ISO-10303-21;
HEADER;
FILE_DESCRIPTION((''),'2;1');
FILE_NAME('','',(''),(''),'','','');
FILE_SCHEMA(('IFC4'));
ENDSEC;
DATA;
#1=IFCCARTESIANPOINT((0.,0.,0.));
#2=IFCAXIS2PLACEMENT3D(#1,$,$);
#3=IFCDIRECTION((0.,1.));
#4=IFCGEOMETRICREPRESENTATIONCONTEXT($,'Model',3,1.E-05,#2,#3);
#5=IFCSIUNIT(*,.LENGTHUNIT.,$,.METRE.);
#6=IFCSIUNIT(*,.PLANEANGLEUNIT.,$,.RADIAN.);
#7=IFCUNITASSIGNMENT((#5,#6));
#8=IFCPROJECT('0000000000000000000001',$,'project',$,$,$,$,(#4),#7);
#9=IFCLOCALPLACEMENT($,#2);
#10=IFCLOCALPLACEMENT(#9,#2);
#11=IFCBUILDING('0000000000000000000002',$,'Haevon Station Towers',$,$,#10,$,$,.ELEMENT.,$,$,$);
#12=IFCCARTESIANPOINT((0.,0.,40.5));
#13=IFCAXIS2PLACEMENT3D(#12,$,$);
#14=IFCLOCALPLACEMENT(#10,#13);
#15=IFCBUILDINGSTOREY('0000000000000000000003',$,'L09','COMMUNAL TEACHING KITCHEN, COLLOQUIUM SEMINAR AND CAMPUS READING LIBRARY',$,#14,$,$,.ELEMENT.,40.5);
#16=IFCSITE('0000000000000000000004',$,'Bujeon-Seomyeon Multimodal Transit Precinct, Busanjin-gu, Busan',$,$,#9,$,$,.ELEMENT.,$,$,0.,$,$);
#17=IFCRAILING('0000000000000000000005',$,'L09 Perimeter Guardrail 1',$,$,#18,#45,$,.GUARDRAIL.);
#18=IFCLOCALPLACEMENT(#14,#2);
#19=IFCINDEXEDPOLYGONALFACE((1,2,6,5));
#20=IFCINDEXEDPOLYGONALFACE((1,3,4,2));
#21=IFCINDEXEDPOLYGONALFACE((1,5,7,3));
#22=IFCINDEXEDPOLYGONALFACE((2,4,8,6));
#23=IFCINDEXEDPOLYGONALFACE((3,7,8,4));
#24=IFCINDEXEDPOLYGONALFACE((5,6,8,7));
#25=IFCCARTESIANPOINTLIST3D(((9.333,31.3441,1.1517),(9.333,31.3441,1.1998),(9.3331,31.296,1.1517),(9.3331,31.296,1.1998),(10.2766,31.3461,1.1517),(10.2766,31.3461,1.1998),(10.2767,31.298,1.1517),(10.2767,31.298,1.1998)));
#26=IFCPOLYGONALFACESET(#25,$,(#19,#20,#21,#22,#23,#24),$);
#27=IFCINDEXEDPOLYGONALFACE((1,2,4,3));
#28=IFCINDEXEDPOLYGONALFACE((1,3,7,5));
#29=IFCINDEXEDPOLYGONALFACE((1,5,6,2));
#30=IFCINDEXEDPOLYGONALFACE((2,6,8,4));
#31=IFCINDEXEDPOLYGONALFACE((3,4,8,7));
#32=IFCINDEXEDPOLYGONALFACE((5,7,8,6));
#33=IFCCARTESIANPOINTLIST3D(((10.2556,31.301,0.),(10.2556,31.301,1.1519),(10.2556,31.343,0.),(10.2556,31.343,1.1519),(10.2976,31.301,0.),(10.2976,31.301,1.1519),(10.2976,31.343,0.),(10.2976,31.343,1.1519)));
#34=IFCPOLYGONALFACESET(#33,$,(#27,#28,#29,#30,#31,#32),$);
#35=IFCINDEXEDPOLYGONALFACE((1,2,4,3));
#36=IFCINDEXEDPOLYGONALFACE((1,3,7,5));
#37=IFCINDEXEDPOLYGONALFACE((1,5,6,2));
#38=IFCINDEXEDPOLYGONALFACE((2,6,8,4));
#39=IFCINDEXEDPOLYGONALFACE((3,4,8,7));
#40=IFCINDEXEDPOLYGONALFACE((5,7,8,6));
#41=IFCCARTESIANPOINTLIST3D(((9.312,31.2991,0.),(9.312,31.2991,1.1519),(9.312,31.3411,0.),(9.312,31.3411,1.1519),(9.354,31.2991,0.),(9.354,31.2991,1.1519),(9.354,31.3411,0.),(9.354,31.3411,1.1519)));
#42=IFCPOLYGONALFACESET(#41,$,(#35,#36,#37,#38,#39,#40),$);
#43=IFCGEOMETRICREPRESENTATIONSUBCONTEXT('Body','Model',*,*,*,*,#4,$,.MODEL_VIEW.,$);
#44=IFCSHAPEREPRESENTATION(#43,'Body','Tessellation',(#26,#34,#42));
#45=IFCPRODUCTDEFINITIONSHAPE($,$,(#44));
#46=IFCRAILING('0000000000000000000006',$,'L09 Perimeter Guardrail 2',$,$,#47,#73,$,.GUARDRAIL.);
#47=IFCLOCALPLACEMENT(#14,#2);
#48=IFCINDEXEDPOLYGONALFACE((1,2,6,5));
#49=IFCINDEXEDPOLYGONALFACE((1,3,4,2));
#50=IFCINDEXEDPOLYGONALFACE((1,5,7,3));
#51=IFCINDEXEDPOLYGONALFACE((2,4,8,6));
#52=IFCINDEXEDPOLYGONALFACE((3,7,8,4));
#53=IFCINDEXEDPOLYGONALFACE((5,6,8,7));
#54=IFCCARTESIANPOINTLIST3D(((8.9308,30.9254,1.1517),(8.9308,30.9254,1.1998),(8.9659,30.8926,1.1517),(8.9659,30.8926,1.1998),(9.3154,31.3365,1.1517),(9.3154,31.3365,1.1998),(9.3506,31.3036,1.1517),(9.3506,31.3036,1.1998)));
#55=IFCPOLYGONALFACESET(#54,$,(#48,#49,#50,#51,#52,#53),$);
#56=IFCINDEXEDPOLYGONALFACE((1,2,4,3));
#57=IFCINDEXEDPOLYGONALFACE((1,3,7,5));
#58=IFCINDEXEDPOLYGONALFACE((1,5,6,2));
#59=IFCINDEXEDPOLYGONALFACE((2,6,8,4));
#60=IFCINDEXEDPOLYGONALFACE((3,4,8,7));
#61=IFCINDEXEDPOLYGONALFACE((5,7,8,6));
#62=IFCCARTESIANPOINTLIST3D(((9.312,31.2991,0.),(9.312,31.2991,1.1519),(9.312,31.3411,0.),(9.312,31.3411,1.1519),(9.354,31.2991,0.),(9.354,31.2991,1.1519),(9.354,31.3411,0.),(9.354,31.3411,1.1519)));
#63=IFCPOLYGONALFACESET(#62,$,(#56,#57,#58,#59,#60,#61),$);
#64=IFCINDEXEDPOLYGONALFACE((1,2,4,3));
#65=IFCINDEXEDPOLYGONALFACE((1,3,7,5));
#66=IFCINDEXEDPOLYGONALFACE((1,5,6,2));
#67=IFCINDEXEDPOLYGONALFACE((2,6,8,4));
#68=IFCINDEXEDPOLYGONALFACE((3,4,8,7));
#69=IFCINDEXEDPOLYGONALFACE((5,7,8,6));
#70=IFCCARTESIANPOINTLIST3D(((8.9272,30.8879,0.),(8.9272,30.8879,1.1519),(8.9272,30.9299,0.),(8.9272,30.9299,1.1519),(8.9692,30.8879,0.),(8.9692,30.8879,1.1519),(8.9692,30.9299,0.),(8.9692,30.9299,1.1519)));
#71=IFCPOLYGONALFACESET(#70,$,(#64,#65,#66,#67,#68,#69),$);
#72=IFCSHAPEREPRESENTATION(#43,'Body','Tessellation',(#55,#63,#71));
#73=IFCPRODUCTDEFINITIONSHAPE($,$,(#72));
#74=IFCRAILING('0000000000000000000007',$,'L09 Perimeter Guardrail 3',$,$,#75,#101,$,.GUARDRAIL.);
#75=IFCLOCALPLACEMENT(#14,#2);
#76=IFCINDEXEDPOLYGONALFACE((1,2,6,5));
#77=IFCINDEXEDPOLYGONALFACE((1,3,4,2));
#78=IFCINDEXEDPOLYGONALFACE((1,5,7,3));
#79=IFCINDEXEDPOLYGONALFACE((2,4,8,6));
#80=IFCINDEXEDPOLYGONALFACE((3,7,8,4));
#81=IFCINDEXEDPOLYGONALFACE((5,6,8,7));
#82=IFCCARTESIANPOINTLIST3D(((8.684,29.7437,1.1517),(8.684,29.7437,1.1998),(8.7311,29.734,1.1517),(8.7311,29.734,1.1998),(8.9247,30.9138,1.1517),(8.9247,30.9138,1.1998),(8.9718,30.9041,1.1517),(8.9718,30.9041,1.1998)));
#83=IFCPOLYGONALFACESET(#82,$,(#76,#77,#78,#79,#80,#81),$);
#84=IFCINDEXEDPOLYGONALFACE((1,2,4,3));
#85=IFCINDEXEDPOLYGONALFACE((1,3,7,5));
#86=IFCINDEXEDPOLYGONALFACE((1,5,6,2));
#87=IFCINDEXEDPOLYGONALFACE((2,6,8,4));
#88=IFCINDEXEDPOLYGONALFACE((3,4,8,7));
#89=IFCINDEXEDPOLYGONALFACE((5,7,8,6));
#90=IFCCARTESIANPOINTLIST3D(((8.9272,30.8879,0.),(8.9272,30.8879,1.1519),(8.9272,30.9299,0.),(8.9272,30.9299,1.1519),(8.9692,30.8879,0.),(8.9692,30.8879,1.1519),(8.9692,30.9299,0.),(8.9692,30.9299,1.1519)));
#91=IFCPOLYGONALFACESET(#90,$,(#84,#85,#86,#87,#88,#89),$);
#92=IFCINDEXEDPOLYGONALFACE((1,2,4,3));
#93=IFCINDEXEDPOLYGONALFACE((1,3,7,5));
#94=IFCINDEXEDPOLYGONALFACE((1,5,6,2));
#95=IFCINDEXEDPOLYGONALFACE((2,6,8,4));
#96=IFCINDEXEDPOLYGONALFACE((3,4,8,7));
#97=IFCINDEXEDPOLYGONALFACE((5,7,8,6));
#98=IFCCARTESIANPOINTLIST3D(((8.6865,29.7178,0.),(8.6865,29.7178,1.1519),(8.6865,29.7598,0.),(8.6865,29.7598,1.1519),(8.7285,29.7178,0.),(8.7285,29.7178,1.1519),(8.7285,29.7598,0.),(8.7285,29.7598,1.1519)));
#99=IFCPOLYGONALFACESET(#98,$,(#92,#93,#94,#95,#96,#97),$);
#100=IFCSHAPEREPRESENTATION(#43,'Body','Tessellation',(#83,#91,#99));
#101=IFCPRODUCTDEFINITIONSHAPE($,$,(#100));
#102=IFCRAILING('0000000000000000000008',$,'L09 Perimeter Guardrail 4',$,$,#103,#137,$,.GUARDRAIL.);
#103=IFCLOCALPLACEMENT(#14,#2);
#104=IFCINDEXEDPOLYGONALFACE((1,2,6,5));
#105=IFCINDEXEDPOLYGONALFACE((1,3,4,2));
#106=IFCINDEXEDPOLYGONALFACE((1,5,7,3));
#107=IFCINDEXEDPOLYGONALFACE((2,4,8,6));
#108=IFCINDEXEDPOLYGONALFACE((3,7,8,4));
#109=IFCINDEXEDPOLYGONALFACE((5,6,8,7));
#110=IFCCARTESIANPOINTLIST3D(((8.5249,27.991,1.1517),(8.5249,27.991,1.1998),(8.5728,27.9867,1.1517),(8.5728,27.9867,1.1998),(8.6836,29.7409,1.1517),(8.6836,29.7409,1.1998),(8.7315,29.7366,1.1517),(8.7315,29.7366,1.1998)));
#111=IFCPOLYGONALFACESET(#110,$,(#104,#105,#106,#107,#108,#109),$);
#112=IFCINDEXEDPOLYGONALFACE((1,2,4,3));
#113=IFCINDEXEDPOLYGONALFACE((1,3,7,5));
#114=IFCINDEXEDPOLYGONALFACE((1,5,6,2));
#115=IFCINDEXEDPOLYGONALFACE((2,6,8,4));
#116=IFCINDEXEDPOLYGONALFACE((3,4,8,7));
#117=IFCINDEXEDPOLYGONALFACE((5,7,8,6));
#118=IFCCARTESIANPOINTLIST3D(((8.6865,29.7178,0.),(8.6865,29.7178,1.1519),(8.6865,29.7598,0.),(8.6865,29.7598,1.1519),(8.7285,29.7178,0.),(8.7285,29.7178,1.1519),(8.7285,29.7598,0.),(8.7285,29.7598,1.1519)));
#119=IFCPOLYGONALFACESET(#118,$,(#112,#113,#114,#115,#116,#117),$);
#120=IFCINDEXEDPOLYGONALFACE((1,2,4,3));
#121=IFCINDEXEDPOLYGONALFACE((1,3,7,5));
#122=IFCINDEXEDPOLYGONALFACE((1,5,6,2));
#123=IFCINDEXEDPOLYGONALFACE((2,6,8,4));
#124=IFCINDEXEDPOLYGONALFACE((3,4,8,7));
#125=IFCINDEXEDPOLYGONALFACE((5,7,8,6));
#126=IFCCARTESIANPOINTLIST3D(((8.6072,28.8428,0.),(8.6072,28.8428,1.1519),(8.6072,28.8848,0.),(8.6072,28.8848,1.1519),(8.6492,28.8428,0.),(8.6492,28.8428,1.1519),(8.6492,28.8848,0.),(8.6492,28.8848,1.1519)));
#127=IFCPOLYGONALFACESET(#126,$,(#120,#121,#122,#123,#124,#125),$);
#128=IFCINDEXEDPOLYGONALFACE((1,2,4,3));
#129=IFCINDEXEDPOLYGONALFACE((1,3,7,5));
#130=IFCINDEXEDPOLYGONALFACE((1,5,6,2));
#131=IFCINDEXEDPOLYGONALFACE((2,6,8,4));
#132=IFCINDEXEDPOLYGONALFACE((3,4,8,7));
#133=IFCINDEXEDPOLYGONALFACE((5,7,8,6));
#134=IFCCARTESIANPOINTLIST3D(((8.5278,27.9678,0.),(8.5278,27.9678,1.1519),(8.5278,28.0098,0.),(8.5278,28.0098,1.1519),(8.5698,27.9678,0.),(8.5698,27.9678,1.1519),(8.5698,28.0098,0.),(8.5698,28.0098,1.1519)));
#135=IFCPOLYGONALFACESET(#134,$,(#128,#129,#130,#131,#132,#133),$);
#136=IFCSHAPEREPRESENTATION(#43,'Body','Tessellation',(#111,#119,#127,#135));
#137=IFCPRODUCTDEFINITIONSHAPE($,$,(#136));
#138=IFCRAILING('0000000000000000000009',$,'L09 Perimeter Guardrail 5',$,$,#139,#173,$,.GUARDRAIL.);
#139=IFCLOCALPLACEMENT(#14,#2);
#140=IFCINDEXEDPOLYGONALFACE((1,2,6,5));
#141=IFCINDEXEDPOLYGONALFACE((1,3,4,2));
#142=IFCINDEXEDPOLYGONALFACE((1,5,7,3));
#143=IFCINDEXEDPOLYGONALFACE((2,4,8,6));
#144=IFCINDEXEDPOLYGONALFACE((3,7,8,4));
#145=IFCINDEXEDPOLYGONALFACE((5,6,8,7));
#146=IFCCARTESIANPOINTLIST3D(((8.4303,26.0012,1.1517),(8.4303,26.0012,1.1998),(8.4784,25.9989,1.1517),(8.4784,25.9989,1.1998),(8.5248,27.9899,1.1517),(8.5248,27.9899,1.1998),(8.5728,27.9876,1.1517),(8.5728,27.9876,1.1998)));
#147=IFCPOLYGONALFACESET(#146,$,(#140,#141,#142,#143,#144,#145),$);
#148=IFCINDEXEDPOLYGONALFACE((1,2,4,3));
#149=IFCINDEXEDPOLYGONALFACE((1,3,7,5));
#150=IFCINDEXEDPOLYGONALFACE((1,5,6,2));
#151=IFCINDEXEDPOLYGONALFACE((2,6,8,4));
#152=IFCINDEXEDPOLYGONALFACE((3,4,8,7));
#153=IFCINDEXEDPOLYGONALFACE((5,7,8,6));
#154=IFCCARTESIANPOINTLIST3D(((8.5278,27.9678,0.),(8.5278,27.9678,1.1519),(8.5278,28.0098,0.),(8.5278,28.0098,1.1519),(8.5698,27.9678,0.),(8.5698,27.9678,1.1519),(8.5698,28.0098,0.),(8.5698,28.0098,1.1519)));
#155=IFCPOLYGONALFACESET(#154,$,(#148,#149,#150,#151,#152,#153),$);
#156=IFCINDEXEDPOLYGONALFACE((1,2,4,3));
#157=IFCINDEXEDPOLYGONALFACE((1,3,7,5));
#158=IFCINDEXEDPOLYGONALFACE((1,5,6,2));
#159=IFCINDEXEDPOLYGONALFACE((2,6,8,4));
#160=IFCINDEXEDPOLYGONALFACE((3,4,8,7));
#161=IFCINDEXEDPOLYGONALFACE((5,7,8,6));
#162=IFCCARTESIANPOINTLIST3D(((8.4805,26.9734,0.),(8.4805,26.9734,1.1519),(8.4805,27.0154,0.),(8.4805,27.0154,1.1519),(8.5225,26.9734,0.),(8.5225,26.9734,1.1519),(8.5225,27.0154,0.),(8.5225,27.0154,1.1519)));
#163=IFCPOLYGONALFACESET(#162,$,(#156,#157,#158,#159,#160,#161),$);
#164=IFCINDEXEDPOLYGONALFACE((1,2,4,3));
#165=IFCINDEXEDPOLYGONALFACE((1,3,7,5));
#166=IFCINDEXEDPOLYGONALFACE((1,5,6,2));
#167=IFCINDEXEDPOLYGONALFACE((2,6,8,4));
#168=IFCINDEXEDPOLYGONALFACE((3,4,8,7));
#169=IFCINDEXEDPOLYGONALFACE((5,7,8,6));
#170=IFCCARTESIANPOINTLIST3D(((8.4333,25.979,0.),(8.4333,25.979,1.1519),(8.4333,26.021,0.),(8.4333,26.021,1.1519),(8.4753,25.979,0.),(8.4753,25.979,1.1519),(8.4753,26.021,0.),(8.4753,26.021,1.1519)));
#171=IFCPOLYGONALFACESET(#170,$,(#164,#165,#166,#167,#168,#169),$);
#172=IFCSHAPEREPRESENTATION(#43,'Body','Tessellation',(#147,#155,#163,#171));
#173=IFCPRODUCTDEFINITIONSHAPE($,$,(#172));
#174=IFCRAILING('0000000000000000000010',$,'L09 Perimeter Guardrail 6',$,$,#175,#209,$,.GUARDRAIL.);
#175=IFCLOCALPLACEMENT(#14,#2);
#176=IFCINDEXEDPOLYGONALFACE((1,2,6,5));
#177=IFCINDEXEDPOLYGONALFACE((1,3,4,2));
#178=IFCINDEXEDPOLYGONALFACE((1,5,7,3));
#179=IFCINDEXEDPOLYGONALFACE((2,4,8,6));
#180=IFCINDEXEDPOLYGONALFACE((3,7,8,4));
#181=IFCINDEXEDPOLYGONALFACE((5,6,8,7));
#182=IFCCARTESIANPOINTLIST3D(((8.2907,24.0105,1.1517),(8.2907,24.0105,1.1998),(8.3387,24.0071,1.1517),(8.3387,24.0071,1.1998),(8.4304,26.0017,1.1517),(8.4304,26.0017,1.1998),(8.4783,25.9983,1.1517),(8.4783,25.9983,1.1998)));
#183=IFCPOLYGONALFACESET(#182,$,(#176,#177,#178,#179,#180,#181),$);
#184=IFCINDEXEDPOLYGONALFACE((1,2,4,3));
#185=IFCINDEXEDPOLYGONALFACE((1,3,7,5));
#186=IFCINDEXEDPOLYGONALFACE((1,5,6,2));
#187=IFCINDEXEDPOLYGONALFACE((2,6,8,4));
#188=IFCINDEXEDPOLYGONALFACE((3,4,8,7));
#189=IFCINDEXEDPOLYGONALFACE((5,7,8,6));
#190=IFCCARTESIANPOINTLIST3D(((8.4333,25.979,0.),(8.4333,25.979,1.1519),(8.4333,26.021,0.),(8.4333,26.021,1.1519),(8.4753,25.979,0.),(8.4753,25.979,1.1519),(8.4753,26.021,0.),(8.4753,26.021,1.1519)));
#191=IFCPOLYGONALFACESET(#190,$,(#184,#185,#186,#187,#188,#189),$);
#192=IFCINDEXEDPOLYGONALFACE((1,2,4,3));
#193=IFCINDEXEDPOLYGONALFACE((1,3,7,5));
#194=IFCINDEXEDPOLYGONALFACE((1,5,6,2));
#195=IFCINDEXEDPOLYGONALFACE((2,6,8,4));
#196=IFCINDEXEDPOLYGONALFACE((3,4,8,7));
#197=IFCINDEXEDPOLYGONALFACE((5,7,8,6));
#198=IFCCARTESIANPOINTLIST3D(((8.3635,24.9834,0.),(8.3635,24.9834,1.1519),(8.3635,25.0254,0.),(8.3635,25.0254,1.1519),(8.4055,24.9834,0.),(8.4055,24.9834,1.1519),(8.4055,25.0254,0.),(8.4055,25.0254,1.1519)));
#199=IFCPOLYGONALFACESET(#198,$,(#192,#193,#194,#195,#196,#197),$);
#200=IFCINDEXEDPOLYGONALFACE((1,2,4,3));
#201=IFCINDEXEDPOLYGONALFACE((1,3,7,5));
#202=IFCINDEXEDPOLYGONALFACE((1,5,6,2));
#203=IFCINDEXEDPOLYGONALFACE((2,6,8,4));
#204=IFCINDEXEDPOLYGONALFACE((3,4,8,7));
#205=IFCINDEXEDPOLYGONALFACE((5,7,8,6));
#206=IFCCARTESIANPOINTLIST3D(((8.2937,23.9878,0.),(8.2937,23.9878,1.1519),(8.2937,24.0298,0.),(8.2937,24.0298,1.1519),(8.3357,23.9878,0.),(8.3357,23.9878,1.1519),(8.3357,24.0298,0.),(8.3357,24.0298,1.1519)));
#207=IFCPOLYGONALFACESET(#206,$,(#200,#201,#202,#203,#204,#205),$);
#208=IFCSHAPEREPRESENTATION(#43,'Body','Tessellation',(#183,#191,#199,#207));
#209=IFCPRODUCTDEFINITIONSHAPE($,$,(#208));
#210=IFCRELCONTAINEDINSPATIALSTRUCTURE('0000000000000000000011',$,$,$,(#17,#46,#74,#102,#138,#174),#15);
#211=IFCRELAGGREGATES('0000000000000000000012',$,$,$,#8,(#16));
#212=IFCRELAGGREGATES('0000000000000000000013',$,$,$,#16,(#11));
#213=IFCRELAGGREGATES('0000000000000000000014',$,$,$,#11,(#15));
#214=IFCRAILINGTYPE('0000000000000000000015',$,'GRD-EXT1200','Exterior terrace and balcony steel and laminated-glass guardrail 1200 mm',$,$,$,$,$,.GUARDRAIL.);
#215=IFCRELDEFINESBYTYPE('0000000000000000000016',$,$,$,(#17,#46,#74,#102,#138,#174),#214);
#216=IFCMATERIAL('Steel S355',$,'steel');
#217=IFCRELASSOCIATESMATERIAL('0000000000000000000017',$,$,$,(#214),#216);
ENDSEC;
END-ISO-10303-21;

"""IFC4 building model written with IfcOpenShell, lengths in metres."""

from ifc_helpers import new_model, si_unit, direction, frame, origin, origin_2d, place, context, subcontext, project, spatial, rectangle, extrude, material, type_object, element, save


model = new_model("IFC4")

# Units and contexts
model_context = context("Model", 3, precision=1e-05, world=origin(), true_north=direction((0.0, 1.0)))
body_context = subcontext(model_context, "Body", "Model", "MODEL_VIEW")
ifc_project = project(units=[si_unit("LENGTHUNIT", "METRE"), si_unit("PLANEANGLEUNIT", "RADIAN")], contexts=[model_context])

# Site, building, storey
site_placement = place(None, origin())
site = spatial("IfcSite", under=ifc_project, at=site_placement, Name="Bujeon-Seomyeon Multimodal Transit Precinct, Busanjin-gu, Busan", CompositionType="ELEMENT", RefElevation=0.0)
building_placement = place(site_placement, origin())
building = spatial("IfcBuilding", under=site, at=building_placement, Name="Haevon Station Towers", CompositionType="ELEMENT")
storey_placement = place(building_placement, frame((0.0, 0.0, 40.5)))
storey = spatial("IfcBuildingStorey", under=building, at=storey_placement, Name="L09", Description="COMMUNAL TEACHING KITCHEN, COLLOQUIUM SEMINAR AND CAMPUS READING LIBRARY", CompositionType="ELEMENT", Elevation=40.5)

# Shared definitions
ifc_material_1 = material(Name="Steel S355", Category="steel")

# Railings
railing_type = type_object("IfcRailingType", Name="GRD-EXT1200", Description="Exterior terrace and balcony steel and laminated-glass guardrail 1200 mm", PredefinedType="GUARDRAIL", material=ifc_material_1)
railing_1_placement = place(storey_placement, frame((10.2766, 31.322, 0.0)))
element("IfcRailing", 1, at=railing_1_placement, inside=storey, type_object=railing_type, Name="L09 Perimeter Guardrail 1", PredefinedType="GUARDRAIL", context=body_context, shape_type="SweptSolid", body=[
    extrude(rectangle(XDim=0.0481, YDim=0.0481, at=origin_2d()), frame((0.0, 0.0, 1.1758), z_axis=(-0.999998, -0.00207, 0.0), x_axis=(0.00207, -0.999998, 0.0)), (0.0, 0.0, 1.0), 0.9436),
    extrude(rectangle(XDim=0.042, YDim=0.042, at=origin_2d()), origin(), (0.0, 0.0, 1.0), 1.1519),
    extrude(rectangle(XDim=0.042, YDim=0.042, at=origin_2d()), frame((-0.9436, -0.002, 0.0)), (0.0, 0.0, 1.0), 1.1519),
])
railing_2_placement = place(storey_placement, frame((9.333, 31.3201, 0.0)))
element("IfcRailing", 2, at=railing_2_placement, inside=storey, type_object=railing_type, Name="L09 Perimeter Guardrail 2", PredefinedType="GUARDRAIL", context=body_context, shape_type="SweptSolid", body=[
    extrude(rectangle(XDim=0.0481, YDim=0.0481, at=origin_2d()), frame((0.0, 0.0, 1.1758), z_axis=(-0.683306, -0.730132, 0.0), x_axis=(0.730132, -0.683306, 0.0)), (0.0, 0.0, 1.0), 0.563),
    extrude(rectangle(XDim=0.042, YDim=0.042, at=origin_2d()), origin(), (0.0, 0.0, 1.0), 1.1519),
    extrude(rectangle(XDim=0.042, YDim=0.042, at=origin_2d()), frame((-0.3848, -0.4111, 0.0)), (0.0, 0.0, 1.0), 1.1519),
])
railing_3_placement = place(storey_placement, frame((8.9482, 30.9089, 0.0)))
element("IfcRailing", 3, at=railing_3_placement, inside=storey, type_object=railing_type, Name="L09 Perimeter Guardrail 3", PredefinedType="GUARDRAIL", context=body_context, shape_type="SweptSolid", body=[
    extrude(rectangle(XDim=0.0481, YDim=0.0481, at=origin_2d()), frame((0.0, 0.0, 1.1758), z_axis=(-0.201497, -0.979489, 0.0), x_axis=(0.979489, -0.201497, 0.0)), (0.0, 0.0, 1.0), 1.1946),
    extrude(rectangle(XDim=0.042, YDim=0.042, at=origin_2d()), origin(), (0.0, 0.0, 1.0), 1.1519),
    extrude(rectangle(XDim=0.042, YDim=0.042, at=origin_2d()), frame((-0.2407, -1.1702, 0.0)), (0.0, 0.0, 1.0), 1.1519),
])
railing_4_placement = place(storey_placement, frame((8.7075, 29.7388, 0.0)))
element("IfcRailing", 4, at=railing_4_placement, inside=storey, type_object=railing_type, Name="L09 Perimeter Guardrail 4", PredefinedType="GUARDRAIL", context=body_context, shape_type="SweptSolid", body=[
    extrude(rectangle(XDim=0.0481, YDim=0.0481, at=origin_2d()), frame((0.0, 0.0, 1.1758), z_axis=(-0.09031, -0.995914, 0.0), x_axis=(0.995914, -0.09031, 0.0)), (0.0, 0.0, 1.0), 1.7571),
    extrude(rectangle(XDim=0.042, YDim=0.042, at=origin_2d()), origin(), (0.0, 0.0, 1.0), 1.1519),
    extrude(rectangle(XDim=0.042, YDim=0.042, at=origin_2d()), frame((-0.0793, -0.875, 0.0)), (0.0, 0.0, 1.0), 1.1519),
    extrude(rectangle(XDim=0.042, YDim=0.042, at=origin_2d()), frame((-0.1587, -1.75, 0.0)), (0.0, 0.0, 1.0), 1.1519),
])
railing_5_placement = place(storey_placement, frame((8.5488, 27.9888, 0.0)))
element("IfcRailing", 5, at=railing_5_placement, inside=storey, type_object=railing_type, Name="L09 Perimeter Guardrail 5", PredefinedType="GUARDRAIL", context=body_context, shape_type="SweptSolid", body=[
    extrude(rectangle(XDim=0.0481, YDim=0.0481, at=origin_2d()), frame((0.0, 0.0, 1.1758), z_axis=(-0.047454, -0.998873, 0.0), x_axis=(0.998873, -0.047454, 0.0)), (0.0, 0.0, 1.0), 1.991),
    extrude(rectangle(XDim=0.042, YDim=0.042, at=origin_2d()), origin(), (0.0, 0.0, 1.0), 1.1519),
    extrude(rectangle(XDim=0.042, YDim=0.042, at=origin_2d()), frame((-0.0474, -0.9944, 0.0)), (0.0, 0.0, 1.0), 1.1519),
    extrude(rectangle(XDim=0.042, YDim=0.042, at=origin_2d()), frame((-0.0945, -1.9888, 0.0)), (0.0, 0.0, 1.0), 1.1519),
])
railing_6_placement = place(storey_placement, frame((8.4543, 26.0, 0.0)))
element("IfcRailing", 6, at=railing_6_placement, inside=storey, type_object=railing_type, Name="L09 Perimeter Guardrail 6", PredefinedType="GUARDRAIL", context=body_context, shape_type="SweptSolid", body=[
    extrude(rectangle(XDim=0.0481, YDim=0.0481, at=origin_2d()), frame((0.0, 0.0, 1.1758), z_axis=(-0.069961, -0.99755, 0.0), x_axis=(0.99755, -0.069961, 0.0)), (0.0, 0.0, 1.0), 1.9961),
    extrude(rectangle(XDim=0.042, YDim=0.042, at=origin_2d()), origin(), (0.0, 0.0, 1.0), 1.1519),
    extrude(rectangle(XDim=0.042, YDim=0.042, at=origin_2d()), frame((-0.0698, -0.9956, 0.0)), (0.0, 0.0, 1.0), 1.1519),
    extrude(rectangle(XDim=0.042, YDim=0.042, at=origin_2d()), frame((-0.1396, -1.9912, 0.0)), (0.0, 0.0, 1.0), 1.1519),
])

save(model, "model.ifc")
